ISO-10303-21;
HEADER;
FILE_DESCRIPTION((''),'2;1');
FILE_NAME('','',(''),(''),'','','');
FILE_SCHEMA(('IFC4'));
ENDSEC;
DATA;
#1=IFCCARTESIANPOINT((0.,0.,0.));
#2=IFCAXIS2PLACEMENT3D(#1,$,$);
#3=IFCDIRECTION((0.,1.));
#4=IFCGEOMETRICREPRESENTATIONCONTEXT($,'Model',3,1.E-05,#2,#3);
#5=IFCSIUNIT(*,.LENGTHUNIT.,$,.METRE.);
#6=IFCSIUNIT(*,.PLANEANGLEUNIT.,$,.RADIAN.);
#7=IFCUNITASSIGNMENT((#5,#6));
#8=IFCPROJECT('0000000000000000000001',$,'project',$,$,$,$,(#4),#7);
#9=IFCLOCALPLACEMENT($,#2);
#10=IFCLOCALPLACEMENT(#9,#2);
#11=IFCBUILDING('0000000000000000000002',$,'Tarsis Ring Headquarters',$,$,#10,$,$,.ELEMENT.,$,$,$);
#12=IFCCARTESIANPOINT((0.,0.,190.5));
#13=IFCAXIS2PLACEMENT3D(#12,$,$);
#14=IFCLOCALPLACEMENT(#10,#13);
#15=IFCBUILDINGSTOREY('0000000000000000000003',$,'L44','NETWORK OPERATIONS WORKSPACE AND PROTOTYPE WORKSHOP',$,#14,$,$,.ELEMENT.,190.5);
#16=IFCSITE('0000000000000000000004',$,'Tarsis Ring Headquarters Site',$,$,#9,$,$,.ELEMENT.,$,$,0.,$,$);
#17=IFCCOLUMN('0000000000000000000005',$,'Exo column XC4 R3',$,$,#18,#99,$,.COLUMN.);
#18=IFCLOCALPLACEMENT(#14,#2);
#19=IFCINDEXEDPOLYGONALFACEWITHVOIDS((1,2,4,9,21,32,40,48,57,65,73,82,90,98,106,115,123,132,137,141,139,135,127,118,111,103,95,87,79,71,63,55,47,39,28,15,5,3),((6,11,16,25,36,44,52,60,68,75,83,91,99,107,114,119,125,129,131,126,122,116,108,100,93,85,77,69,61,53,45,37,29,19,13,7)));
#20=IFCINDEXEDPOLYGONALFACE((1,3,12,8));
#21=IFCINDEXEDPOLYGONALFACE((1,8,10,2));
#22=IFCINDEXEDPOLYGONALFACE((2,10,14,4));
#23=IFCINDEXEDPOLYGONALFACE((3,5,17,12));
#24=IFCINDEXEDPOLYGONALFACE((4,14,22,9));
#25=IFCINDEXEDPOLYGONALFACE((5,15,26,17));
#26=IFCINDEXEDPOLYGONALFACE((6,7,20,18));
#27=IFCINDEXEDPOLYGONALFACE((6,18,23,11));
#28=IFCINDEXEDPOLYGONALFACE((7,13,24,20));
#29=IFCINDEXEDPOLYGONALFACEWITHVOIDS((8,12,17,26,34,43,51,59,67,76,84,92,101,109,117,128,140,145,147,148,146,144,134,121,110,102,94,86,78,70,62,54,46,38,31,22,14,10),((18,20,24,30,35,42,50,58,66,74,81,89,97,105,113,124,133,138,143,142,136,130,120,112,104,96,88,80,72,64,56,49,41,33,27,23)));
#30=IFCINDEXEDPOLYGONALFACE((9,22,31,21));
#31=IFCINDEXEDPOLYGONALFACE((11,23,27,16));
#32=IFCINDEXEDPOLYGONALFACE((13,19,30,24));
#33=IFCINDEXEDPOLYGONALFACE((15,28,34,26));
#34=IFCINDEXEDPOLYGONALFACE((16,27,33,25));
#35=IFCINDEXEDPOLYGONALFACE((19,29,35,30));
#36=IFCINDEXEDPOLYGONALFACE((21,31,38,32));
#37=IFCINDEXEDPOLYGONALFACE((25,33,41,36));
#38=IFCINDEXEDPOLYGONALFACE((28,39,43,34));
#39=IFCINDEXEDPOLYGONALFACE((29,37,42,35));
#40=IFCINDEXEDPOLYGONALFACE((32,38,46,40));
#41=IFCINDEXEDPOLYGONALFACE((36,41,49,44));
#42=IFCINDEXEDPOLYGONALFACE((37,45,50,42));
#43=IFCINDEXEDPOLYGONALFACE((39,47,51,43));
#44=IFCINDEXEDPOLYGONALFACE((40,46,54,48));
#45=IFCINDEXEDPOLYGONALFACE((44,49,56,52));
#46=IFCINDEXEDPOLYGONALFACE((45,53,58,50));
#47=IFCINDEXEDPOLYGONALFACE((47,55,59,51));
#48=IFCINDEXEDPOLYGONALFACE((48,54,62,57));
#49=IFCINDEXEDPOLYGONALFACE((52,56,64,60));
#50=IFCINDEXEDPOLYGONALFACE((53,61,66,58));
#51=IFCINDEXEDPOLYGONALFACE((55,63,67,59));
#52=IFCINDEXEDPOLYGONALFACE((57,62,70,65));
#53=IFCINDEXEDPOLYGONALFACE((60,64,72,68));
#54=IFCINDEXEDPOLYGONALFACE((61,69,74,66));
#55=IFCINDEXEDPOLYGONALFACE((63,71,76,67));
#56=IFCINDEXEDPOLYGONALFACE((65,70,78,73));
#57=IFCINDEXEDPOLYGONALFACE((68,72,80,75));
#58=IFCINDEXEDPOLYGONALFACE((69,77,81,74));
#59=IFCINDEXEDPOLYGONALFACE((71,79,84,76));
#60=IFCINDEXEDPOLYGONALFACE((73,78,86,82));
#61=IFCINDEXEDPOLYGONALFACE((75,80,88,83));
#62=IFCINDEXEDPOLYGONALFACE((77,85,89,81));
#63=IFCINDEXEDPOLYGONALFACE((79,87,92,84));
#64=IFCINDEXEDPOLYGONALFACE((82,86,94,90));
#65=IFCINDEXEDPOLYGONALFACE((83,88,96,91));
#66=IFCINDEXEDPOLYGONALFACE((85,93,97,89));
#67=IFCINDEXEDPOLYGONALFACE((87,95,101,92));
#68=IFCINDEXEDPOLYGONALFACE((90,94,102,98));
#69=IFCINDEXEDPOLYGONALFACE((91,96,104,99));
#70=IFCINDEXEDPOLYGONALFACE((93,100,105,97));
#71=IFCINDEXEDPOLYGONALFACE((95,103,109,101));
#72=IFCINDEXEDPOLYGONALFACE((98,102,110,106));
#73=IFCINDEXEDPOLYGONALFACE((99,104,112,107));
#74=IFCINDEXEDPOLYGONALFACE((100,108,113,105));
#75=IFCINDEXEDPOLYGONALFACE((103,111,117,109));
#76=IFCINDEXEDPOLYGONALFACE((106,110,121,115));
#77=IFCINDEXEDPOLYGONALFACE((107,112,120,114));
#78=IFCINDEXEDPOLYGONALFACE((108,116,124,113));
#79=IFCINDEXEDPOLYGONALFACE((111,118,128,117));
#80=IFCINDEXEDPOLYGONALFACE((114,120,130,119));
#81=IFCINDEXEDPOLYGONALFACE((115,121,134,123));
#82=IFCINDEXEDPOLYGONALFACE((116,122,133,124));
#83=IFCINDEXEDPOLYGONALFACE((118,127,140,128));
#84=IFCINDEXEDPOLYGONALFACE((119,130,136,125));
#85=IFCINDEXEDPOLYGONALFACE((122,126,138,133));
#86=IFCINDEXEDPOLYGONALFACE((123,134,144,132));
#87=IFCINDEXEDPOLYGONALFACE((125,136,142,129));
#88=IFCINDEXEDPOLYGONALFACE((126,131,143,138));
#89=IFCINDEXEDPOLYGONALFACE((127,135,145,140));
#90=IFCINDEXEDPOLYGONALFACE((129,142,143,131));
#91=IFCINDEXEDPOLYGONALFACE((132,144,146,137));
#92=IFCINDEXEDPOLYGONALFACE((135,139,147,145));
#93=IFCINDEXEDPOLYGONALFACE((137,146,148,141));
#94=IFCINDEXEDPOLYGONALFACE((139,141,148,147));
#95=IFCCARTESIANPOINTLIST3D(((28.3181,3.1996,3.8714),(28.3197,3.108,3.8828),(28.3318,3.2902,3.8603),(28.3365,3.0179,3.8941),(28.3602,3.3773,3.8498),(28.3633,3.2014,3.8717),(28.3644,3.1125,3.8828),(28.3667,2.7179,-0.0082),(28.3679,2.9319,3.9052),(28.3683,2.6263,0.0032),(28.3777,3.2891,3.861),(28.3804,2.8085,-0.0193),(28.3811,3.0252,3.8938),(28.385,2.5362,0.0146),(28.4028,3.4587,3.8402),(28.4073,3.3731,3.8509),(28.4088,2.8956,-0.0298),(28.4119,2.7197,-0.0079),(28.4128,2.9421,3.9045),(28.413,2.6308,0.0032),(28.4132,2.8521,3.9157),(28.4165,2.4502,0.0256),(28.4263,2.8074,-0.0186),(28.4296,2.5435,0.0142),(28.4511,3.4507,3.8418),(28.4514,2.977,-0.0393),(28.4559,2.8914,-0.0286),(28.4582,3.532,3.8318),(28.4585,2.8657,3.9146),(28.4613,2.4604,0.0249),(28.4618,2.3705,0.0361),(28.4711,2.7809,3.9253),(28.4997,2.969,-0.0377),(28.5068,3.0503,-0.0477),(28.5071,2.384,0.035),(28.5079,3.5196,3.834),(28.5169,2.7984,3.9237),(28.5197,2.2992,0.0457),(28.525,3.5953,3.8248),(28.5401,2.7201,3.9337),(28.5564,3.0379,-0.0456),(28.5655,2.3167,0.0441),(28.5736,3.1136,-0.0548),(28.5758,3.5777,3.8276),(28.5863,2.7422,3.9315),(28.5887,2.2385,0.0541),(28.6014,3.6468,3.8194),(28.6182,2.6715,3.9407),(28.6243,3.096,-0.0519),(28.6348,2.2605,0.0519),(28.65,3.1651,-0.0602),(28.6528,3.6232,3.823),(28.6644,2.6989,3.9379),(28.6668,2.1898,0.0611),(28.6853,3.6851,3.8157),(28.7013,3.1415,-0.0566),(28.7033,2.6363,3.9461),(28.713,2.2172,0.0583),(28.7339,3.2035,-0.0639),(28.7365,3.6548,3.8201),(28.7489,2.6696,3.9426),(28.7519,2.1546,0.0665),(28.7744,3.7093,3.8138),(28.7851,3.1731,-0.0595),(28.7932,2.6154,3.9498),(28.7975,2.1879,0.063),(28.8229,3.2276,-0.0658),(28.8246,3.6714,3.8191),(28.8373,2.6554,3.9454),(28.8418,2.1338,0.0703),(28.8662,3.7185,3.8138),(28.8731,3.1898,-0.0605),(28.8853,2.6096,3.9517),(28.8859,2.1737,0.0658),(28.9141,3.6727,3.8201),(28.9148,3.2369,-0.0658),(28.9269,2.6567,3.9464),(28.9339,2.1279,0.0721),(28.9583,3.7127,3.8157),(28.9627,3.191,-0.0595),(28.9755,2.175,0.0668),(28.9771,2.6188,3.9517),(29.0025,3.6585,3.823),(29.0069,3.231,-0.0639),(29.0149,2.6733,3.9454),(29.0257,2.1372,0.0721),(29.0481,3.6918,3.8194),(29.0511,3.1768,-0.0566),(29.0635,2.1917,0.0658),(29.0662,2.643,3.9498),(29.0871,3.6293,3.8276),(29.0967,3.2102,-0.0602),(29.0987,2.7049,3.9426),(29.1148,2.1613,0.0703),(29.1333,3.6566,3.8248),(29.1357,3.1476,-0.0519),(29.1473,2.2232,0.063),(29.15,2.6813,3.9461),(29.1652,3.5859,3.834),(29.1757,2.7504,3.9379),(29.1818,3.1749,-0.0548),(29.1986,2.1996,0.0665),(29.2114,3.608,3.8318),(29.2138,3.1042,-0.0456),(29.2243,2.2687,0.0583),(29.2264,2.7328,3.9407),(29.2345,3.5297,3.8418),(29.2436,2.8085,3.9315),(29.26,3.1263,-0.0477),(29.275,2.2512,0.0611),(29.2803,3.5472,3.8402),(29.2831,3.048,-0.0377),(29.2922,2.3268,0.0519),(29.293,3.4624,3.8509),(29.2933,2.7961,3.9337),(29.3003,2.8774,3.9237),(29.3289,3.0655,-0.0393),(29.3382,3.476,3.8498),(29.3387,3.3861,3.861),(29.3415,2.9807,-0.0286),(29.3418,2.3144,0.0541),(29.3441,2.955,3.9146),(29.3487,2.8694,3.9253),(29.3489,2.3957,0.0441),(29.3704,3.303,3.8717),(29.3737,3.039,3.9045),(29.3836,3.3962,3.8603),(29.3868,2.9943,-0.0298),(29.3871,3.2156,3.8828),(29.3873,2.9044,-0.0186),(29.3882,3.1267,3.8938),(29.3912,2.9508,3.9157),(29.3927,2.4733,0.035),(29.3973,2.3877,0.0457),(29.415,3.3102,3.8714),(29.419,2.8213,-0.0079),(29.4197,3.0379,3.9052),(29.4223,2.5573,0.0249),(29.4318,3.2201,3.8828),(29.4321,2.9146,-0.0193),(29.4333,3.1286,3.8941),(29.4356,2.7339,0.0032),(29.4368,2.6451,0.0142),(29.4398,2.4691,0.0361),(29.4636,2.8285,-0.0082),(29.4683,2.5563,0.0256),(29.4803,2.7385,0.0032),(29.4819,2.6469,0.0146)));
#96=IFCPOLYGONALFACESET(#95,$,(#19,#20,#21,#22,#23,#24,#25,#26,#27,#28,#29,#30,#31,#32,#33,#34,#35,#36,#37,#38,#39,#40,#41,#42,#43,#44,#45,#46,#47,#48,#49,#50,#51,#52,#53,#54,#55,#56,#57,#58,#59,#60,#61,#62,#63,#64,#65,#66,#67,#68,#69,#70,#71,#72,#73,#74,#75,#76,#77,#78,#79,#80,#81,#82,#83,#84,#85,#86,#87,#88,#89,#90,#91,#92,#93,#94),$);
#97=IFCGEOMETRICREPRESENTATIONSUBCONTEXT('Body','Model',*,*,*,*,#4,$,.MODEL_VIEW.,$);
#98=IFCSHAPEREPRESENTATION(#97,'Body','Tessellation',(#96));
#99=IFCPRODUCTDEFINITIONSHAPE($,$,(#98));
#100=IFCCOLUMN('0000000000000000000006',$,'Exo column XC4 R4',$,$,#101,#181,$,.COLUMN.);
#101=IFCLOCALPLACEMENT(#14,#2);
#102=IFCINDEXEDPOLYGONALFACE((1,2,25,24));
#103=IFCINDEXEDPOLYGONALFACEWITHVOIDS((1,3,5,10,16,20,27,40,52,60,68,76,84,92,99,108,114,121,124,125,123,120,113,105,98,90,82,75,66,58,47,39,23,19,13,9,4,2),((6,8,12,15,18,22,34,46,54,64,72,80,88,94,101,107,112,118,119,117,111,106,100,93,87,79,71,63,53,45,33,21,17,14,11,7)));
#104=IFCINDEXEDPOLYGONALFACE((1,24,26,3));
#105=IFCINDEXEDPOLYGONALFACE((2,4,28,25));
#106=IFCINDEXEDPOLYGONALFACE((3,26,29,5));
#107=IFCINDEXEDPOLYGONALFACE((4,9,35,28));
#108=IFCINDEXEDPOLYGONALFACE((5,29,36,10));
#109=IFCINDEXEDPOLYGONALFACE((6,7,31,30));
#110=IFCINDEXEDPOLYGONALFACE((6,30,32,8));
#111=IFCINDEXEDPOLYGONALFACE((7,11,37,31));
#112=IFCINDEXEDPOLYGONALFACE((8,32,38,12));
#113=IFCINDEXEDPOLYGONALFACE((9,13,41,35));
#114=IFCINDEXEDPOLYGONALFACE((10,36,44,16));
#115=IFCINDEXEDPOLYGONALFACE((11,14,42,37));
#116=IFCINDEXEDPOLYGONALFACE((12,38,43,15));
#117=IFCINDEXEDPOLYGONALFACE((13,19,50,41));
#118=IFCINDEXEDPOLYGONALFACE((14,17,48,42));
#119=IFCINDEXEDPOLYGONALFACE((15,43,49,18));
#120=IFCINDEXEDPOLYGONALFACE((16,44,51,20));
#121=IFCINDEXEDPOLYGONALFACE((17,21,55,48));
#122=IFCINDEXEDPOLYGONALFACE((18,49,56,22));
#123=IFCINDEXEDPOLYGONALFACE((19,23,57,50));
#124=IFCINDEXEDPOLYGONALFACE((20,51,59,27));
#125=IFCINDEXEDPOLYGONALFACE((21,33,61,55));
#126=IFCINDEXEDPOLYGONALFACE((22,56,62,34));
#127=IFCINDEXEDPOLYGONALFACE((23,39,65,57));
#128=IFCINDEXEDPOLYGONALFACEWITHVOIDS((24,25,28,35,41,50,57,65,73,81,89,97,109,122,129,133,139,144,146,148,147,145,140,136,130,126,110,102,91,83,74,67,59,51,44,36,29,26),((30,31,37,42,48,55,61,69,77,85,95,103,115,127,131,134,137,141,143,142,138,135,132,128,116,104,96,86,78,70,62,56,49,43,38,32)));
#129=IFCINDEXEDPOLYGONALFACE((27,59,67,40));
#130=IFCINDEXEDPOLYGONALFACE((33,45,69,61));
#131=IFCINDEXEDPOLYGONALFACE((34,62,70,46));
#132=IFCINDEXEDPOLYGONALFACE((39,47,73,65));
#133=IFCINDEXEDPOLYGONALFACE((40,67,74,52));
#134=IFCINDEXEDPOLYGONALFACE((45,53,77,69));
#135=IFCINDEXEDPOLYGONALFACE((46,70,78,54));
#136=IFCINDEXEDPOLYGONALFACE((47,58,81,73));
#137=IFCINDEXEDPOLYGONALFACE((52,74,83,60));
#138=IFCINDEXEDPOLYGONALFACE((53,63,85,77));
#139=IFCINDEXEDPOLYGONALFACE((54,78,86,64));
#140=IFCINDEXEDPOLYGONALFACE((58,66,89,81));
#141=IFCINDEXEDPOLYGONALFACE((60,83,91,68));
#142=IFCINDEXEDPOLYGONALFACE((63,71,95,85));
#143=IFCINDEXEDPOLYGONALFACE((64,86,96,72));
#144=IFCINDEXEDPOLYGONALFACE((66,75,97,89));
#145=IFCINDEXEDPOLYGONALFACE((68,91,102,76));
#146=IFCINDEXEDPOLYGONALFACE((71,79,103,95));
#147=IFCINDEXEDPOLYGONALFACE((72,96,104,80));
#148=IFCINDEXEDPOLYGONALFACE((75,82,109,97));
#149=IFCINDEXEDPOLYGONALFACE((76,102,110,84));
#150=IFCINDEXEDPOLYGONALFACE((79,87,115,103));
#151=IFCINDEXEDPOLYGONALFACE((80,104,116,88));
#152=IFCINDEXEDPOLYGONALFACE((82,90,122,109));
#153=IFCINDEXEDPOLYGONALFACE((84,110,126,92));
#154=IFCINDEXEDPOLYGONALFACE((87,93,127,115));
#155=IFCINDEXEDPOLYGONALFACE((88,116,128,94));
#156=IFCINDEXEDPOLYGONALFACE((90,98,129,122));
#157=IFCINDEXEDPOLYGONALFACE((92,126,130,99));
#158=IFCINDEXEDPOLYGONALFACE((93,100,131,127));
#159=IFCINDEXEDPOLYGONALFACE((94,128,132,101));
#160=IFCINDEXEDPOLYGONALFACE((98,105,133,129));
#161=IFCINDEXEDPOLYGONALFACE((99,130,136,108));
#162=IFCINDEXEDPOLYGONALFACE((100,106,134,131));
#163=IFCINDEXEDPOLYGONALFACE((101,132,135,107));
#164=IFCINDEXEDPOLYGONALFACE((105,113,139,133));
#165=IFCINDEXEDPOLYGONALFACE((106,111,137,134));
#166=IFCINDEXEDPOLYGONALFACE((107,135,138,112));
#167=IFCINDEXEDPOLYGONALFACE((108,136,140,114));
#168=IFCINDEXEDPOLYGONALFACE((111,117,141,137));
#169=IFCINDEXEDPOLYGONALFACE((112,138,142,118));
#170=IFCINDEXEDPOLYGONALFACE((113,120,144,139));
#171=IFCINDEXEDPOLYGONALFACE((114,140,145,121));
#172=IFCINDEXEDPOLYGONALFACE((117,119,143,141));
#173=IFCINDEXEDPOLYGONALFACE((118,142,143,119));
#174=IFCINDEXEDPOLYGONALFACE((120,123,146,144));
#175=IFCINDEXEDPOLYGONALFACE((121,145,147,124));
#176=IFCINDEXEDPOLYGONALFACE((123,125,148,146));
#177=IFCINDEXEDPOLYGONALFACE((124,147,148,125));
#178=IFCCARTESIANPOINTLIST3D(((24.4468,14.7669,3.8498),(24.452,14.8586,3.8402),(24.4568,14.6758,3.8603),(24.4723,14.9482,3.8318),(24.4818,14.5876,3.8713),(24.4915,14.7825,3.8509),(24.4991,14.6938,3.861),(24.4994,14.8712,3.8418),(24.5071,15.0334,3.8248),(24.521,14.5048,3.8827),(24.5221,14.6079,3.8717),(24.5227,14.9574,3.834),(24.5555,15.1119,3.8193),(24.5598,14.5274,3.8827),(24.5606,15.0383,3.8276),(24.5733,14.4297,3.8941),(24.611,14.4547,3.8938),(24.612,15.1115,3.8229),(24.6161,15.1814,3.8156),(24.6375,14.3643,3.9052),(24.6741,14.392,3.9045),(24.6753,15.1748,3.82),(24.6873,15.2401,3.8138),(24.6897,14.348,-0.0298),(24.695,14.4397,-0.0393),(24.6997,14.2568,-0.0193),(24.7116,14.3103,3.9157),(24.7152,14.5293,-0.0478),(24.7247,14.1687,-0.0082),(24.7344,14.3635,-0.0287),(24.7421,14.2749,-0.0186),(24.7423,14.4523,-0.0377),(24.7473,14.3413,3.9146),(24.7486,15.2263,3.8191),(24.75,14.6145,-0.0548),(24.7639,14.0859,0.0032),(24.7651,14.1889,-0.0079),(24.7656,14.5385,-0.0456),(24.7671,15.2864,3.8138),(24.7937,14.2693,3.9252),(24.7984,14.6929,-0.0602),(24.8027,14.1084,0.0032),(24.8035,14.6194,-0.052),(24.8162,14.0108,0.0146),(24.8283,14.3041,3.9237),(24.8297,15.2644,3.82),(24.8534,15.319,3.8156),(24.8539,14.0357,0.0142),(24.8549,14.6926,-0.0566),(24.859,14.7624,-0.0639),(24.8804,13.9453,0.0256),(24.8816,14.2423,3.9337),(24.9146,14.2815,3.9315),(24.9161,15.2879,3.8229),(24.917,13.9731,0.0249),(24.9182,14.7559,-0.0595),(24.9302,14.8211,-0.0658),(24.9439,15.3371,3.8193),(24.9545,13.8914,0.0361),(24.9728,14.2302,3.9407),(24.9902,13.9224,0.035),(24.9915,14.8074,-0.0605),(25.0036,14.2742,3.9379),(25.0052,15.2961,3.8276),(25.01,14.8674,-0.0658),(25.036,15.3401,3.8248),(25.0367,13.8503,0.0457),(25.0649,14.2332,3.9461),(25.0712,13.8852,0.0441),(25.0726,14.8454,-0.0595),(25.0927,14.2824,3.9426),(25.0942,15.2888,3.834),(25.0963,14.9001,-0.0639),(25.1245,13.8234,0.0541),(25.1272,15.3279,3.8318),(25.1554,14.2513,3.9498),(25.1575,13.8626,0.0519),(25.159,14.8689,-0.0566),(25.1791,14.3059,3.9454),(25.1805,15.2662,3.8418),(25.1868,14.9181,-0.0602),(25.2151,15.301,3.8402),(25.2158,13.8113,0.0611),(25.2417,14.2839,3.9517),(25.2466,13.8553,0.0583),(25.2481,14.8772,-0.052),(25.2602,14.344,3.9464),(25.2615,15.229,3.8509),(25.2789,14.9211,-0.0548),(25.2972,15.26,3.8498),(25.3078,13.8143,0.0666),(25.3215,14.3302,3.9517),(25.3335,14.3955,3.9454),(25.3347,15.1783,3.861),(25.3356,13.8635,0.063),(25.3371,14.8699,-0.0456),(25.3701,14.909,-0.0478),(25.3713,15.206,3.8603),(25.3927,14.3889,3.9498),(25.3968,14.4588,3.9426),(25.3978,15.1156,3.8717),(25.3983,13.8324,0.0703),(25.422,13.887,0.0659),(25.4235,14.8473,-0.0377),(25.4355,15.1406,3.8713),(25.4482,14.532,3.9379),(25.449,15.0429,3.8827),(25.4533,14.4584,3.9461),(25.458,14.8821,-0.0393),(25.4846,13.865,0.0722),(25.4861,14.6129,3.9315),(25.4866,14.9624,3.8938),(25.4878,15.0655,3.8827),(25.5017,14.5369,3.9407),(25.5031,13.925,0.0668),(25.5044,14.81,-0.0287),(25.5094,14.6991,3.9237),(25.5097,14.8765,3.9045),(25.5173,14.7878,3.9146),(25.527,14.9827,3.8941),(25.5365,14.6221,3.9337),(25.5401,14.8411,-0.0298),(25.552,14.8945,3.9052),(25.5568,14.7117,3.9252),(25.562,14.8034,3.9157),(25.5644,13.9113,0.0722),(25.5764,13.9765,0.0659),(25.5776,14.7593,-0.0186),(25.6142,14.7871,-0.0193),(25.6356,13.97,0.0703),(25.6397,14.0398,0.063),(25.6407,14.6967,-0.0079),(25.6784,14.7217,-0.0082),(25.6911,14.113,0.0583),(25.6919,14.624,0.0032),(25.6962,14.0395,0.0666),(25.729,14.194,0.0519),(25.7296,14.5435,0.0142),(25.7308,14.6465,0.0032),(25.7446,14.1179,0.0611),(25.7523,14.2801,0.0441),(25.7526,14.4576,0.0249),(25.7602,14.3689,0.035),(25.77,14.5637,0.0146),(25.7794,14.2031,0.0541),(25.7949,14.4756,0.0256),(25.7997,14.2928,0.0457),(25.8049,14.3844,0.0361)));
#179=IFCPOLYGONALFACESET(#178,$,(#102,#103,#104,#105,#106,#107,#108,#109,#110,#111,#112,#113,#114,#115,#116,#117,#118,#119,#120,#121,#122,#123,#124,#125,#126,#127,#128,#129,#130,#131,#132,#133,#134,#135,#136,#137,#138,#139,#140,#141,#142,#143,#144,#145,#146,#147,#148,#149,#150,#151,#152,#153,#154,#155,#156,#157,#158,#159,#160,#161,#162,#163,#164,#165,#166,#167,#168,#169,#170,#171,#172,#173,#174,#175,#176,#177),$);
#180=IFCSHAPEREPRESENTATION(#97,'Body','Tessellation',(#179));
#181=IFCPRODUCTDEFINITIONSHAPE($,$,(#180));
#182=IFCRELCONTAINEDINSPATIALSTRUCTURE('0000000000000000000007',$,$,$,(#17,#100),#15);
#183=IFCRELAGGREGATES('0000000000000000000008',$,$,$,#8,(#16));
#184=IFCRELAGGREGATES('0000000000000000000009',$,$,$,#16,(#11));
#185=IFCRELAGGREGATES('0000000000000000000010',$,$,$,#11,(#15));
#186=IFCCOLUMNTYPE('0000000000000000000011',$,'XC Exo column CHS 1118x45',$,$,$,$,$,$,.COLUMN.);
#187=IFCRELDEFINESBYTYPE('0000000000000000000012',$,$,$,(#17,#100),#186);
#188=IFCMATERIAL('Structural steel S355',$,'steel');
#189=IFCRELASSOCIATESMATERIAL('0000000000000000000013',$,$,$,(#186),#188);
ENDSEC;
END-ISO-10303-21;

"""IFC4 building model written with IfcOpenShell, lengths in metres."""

from ifc_helpers import new_model, si_unit, direction, frame, origin, origin_2d, place, context, subcontext, project, spatial, hollow_circle, extrude, material, material_profile, profile_set, type_object, element, save


model = new_model("IFC4")

# Units and contexts
model_context = context("Model", 3, precision=1e-05, world=origin(), true_north=direction((0.0, 1.0)))
body_context = subcontext(model_context, "Body", "Model", "MODEL_VIEW")
ifc_project = project(units=[si_unit("LENGTHUNIT", "METRE"), si_unit("PLANEANGLEUNIT", "RADIAN")], contexts=[model_context])

# Site, building, storey
site_placement = place(None, origin())
site = spatial("IfcSite", under=ifc_project, at=site_placement, Name="Tarsis Ring Headquarters Site", CompositionType="ELEMENT", RefElevation=0.0)
building_placement = place(site_placement, origin())
building = spatial("IfcBuilding", under=site, at=building_placement, Name="Tarsis Ring Headquarters", CompositionType="ELEMENT")
storey_placement = place(building_placement, frame((0.0, 0.0, 190.5)))
storey = spatial("IfcBuildingStorey", under=building, at=storey_placement, Name="L44", Description="NETWORK OPERATIONS WORKSPACE AND PROTOTYPE WORKSHOP", CompositionType="ELEMENT", Elevation=190.5)

# Columns
ifc_material_1 = material(Name="Structural steel S355", Category="steel")
ifc_material_profile_1 = material_profile(ifc_material_1, hollow_circle(Radius=0.5588, WallThickness=0.0449, at=origin_2d()), Name="CHS 1118x45")
ifc_profile_set_1 = profile_set([ifc_material_profile_1], Name="Structural steel S355")
column_type = type_object("IfcColumnType", Name="XC Exo column CHS 1118x45", PredefinedType="COLUMN", material=ifc_profile_set_1)
for number, where, z_axis, x_axis, name in (
    (1, (28.9243, 2.6824, 0.0032), (-0.012426, 0.123203, 0.992304), (-0.994952, -0.100352, 0.0), "Exo column XC4 R3"),
    (2, (25.2473, 14.3662, 0.0032), (-0.062132, 0.107154, 0.992299), (-0.865092, -0.501612, 0.0), "Exo column XC4 R4"),
):
    element("IfcColumn", number, at=place(storey_placement, frame(where, z_axis=z_axis, x_axis=x_axis)), inside=storey, type_object=column_type, Name=name, PredefinedType="COLUMN", context=body_context, shape_type="SweptSolid", body=[
        extrude(hollow_circle(Radius=0.5588, WallThickness=0.0449, at=origin_2d()), origin(), (0.0, 0.0, 1.0), 3.9097),
    ])

save(model, "model.ifc")
